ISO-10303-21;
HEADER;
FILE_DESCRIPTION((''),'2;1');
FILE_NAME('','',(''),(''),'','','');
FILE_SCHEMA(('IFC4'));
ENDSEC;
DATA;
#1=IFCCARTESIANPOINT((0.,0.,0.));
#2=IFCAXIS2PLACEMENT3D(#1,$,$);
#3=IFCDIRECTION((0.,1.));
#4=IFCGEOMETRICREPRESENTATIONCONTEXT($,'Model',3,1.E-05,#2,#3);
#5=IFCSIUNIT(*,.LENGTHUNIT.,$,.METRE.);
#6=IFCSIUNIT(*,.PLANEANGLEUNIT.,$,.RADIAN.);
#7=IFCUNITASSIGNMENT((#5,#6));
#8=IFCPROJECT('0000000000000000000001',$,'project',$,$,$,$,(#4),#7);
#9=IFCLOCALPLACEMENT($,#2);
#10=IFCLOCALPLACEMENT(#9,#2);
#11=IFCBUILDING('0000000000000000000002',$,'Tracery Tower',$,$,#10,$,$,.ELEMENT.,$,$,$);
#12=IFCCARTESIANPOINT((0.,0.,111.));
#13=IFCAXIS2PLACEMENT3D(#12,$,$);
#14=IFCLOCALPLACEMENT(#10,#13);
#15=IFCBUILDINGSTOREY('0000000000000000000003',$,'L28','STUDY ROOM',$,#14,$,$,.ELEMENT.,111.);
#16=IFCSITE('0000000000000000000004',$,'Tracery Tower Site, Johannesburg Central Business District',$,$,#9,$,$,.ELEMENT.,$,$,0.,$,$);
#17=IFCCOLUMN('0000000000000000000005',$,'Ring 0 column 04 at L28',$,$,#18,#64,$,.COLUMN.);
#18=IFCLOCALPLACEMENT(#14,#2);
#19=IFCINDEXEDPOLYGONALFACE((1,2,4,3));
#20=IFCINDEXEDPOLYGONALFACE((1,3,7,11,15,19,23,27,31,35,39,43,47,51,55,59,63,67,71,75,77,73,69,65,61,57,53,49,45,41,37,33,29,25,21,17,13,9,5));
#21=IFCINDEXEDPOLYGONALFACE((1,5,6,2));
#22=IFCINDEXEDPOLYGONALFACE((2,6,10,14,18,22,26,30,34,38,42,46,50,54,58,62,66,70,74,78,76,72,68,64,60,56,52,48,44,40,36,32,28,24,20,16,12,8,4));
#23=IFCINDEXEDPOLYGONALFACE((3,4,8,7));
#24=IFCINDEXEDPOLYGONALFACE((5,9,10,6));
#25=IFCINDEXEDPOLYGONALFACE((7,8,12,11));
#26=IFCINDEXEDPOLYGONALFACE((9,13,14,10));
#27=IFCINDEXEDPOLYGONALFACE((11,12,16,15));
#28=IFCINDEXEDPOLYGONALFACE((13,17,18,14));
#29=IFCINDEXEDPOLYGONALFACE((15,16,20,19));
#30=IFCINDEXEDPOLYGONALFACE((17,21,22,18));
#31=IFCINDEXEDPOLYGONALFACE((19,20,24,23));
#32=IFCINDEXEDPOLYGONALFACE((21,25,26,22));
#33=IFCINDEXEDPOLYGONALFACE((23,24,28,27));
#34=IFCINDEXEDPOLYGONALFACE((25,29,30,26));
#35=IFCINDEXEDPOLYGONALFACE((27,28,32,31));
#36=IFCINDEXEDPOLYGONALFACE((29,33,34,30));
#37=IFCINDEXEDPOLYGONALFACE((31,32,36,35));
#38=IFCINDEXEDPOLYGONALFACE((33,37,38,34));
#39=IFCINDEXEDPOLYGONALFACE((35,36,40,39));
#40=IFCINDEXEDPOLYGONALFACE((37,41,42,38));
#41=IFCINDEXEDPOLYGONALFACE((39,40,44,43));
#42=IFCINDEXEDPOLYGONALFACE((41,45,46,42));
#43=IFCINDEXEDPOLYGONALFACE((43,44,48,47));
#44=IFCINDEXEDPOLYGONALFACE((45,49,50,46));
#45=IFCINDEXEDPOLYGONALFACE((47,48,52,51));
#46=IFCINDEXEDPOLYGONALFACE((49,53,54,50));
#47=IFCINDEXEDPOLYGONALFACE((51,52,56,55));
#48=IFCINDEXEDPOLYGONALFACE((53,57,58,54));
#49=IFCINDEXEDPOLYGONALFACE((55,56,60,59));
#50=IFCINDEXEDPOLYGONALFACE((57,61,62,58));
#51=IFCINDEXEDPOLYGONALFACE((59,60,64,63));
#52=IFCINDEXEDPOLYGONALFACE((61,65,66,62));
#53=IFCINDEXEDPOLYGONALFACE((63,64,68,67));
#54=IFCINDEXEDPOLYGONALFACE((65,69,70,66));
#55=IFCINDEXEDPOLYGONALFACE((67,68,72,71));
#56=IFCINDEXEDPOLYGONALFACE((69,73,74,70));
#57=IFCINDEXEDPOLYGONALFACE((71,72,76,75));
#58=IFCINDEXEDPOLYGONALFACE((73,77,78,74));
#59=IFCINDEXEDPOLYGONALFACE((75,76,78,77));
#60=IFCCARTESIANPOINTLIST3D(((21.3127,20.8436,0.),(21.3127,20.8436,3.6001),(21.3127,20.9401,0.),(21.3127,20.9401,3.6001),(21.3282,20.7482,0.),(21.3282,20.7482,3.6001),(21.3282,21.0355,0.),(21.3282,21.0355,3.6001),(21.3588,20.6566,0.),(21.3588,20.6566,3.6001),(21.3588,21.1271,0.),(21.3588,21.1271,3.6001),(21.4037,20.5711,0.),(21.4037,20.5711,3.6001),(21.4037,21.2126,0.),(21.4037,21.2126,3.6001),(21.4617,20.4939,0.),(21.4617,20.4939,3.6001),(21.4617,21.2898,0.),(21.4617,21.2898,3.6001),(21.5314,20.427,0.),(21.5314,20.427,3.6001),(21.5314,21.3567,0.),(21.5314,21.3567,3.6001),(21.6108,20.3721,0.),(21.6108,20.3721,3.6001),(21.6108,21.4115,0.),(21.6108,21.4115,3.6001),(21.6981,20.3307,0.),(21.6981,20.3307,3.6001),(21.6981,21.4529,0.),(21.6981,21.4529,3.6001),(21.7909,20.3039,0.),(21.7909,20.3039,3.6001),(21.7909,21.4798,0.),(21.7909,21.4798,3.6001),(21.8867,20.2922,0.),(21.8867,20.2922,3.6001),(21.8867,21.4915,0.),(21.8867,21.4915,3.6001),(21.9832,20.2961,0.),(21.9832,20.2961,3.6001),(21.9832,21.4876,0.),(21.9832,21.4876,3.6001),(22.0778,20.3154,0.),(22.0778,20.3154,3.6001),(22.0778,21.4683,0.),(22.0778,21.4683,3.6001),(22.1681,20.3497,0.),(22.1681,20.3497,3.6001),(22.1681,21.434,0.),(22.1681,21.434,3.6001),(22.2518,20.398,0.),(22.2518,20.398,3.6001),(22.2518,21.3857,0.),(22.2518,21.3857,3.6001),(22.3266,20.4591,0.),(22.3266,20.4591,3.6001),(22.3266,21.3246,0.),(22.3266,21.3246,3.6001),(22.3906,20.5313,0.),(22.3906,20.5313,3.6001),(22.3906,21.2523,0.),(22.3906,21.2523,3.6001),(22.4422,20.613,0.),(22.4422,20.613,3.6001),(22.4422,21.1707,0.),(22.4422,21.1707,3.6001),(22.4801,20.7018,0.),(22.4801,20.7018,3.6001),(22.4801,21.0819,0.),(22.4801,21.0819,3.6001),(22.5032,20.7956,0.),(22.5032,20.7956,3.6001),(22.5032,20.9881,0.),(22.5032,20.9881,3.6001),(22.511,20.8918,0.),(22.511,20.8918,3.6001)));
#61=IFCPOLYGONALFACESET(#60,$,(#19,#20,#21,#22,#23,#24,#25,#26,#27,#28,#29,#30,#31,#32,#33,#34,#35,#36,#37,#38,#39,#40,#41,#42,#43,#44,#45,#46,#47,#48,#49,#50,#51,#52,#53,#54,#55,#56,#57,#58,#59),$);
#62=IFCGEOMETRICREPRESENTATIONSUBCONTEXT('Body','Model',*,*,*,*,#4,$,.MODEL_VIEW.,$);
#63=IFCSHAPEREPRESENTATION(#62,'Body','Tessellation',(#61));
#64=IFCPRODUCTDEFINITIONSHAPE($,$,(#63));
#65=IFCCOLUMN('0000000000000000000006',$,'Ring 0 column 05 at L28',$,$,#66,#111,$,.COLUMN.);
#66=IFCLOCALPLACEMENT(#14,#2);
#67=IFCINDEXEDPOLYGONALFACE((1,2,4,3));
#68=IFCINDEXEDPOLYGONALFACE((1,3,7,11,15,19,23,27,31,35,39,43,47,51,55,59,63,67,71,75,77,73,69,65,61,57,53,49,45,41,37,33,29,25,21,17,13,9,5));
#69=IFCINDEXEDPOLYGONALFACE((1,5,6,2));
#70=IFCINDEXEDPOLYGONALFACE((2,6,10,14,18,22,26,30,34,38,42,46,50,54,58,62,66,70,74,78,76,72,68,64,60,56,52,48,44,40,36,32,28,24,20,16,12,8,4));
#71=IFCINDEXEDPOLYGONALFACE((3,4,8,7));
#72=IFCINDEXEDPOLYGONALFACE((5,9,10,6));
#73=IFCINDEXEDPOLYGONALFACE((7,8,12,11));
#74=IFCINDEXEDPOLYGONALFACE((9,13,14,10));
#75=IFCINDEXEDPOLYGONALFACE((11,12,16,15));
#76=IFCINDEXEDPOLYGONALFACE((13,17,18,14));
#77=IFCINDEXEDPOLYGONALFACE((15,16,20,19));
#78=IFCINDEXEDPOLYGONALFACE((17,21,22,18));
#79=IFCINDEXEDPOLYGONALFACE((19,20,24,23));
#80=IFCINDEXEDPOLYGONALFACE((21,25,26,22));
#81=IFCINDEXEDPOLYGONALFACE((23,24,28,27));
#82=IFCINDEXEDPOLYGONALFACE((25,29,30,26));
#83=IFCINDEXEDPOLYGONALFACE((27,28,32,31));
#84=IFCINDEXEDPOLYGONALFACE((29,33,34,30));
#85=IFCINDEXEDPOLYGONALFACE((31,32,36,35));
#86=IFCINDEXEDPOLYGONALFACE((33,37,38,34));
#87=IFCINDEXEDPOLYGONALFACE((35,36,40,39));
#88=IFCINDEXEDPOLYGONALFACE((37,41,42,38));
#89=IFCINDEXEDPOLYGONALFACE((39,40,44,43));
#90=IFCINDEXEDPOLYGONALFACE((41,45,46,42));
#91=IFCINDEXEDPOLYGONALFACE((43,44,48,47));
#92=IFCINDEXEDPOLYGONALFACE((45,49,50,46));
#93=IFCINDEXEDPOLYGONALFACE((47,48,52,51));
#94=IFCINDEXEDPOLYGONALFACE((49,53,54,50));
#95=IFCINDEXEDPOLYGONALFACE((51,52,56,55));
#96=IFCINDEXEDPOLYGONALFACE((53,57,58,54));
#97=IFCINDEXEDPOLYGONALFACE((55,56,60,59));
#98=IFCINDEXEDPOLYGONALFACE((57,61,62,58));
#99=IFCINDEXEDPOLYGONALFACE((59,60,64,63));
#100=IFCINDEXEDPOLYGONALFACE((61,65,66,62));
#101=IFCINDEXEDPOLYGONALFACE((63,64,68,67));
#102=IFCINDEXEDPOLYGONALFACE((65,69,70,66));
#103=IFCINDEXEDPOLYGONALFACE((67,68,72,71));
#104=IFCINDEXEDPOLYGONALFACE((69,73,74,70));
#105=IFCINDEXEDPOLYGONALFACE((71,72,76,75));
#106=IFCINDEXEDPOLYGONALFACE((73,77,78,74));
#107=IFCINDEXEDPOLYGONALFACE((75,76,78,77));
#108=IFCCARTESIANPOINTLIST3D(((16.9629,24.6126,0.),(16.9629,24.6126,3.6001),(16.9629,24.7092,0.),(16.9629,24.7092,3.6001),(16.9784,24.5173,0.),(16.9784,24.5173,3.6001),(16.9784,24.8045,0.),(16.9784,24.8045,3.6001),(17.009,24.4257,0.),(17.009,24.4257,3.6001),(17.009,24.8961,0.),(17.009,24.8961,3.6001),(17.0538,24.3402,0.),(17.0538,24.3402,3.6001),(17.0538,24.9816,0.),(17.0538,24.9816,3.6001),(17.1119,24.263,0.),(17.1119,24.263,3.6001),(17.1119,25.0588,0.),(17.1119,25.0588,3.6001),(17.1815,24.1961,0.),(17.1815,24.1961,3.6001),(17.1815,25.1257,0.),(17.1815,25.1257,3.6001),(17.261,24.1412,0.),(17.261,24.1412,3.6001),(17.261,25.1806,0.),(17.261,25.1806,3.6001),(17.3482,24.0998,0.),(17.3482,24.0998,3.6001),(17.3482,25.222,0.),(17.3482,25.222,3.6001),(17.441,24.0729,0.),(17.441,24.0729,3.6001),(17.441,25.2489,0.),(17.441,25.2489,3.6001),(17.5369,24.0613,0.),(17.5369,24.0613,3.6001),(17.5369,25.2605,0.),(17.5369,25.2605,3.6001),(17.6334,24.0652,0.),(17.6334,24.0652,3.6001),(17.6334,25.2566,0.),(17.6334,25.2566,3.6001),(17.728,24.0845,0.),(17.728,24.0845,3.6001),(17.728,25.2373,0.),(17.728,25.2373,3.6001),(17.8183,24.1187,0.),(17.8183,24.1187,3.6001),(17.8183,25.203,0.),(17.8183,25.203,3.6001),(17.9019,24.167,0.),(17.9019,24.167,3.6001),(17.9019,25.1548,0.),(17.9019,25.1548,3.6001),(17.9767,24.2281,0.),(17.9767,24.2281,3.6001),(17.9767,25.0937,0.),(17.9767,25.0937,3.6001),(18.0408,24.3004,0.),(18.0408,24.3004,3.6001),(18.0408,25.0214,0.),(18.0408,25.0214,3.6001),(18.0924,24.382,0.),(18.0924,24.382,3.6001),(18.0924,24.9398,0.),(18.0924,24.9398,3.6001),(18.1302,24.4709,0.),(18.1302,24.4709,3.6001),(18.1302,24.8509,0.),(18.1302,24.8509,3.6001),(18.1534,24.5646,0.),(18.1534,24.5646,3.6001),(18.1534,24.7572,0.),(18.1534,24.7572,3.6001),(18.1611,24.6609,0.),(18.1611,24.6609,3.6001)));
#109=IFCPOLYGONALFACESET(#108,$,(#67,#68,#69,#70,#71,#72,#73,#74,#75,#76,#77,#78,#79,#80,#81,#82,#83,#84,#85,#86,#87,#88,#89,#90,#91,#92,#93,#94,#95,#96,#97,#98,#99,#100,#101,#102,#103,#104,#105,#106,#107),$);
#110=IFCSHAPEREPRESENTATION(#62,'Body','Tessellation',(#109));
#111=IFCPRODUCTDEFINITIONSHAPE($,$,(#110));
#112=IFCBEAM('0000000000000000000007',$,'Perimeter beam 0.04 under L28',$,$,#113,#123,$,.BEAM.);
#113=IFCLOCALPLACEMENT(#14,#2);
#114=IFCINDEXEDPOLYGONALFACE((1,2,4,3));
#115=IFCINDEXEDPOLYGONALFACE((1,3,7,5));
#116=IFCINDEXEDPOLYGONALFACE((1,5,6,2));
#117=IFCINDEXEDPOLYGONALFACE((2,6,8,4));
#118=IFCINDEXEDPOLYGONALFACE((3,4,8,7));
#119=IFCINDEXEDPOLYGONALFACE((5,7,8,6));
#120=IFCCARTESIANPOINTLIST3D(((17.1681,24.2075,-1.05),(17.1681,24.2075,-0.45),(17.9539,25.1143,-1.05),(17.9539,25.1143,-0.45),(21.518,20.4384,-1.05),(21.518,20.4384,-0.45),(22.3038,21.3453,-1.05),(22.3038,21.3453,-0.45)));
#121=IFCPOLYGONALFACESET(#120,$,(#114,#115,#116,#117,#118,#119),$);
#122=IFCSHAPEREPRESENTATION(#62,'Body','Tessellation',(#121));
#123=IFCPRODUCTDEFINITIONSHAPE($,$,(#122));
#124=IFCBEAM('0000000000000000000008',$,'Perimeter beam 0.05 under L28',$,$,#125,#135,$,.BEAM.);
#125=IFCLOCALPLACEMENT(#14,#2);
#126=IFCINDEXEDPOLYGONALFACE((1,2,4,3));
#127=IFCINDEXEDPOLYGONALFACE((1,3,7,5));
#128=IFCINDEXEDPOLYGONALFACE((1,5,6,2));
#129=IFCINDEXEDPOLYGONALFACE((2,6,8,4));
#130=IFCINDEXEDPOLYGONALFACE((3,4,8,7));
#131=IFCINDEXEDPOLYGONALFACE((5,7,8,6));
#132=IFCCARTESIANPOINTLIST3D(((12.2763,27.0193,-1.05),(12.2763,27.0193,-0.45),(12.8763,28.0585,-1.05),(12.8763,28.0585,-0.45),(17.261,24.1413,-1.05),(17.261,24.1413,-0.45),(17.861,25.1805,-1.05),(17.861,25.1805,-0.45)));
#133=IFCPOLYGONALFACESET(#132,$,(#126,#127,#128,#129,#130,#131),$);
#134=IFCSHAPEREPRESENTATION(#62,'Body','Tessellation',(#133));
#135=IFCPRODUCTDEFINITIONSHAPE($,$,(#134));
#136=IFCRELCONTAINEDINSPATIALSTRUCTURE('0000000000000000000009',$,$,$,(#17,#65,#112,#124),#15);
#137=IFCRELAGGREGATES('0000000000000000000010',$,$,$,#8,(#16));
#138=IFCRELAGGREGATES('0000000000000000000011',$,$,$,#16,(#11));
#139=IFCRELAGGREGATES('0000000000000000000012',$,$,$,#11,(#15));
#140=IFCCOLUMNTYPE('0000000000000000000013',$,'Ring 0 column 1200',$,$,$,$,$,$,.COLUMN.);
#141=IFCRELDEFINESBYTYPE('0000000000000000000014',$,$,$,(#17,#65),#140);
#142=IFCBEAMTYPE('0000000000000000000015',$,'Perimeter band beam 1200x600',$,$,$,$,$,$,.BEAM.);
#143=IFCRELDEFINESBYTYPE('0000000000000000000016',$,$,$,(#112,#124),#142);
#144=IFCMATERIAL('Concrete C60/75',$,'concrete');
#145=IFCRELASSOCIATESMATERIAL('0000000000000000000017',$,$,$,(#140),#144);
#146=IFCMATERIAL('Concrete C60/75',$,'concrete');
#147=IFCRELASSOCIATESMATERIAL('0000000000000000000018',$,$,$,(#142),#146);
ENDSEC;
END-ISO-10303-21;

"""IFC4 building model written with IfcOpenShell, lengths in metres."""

from ifc_helpers import new_model, si_unit, direction, frame, origin, origin_2d, place, context, subcontext, project, spatial, rectangle, circle, extrude, material, material_profile, profile_set, type_object, element, save


model = new_model("IFC4")

# Units and contexts
model_context = context("Model", 3, precision=1e-05, world=origin(), true_north=direction((0.0, 1.0)))
body_context = subcontext(model_context, "Body", "Model", "MODEL_VIEW")
ifc_project = project(units=[si_unit("LENGTHUNIT", "METRE"), si_unit("PLANEANGLEUNIT", "RADIAN")], contexts=[model_context])

# Site, building, storey
site_placement = place(None, origin())
site = spatial("IfcSite", under=ifc_project, at=site_placement, Name="Tracery Tower Site, Johannesburg Central Business District", CompositionType="ELEMENT", RefElevation=0.0)
building_placement = place(site_placement, origin())
building = spatial("IfcBuilding", under=site, at=building_placement, Name="Tracery Tower", CompositionType="ELEMENT")
storey_placement = place(building_placement, frame((0.0, 0.0, 111.0)))
storey = spatial("IfcBuildingStorey", under=building, at=storey_placement, Name="L28", Description="STUDY ROOM", CompositionType="ELEMENT", Elevation=111.0)

# Columns
ifc_material_1 = material(Name="Concrete C60/75", Category="concrete")
ifc_material_profile_1 = material_profile(ifc_material_1, circle(Radius=0.6001, at=origin_2d()), Name="RC D1200")
ifc_profile_set_1 = profile_set([ifc_material_profile_1], Name="Concrete C60/75")
column_type = type_object("IfcColumnType", Name="Ring 0 column 1200", PredefinedType="COLUMN", material=ifc_profile_set_1)
for number, where, z_axis, x_axis, name in (
    (1, (21.9109, 20.8918, 0.0), (0.0, 0.0, 1.0), (1.0, 0.0, 0.0), "Ring 0 column 04 at L28"),
    (2, (17.561, 24.6609, 0.0), (0.0, 0.0, 1.0), (1.0, 0.0, 0.0), "Ring 0 column 05 at L28"),
):
    element("IfcColumn", number, at=place(storey_placement, frame(where, z_axis=z_axis, x_axis=x_axis)), inside=storey, type_object=column_type, Name=name, PredefinedType="COLUMN", context=body_context, shape_type="SweptSolid", body=[
        extrude(circle(Radius=0.6001, at=origin_2d()), origin(), (0.0, 0.0, 1.0), 3.6001),
    ])

# Beams
ifc_material_2 = material(Name="Concrete C60/75", Category="concrete")
ifc_material_profile_2 = material_profile(ifc_material_2, rectangle(XDim=1.2, YDim=0.6001, at=origin_2d()), Name="RC 1200x600")
ifc_profile_set_2 = profile_set([ifc_material_profile_2], Name="Concrete C60/75")
beam_type = type_object("IfcBeamType", Name="Perimeter band beam 1200x600", PredefinedType="BEAM", material=ifc_profile_set_2)
beam_1_placement = place(storey_placement, frame((21.9109, 20.8918, -0.75), z_axis=(-0.75576, 0.654848, 0.0), x_axis=(-0.654848, -0.75576, 0.0)))
element("IfcBeam", 3, at=beam_1_placement, inside=storey, type_object=beam_type, Name="Perimeter beam 0.04 under L28", PredefinedType="BEAM", context=body_context, shape_type="SweptSolid", body=[
    extrude(rectangle(XDim=1.2, YDim=0.6001, at=origin_2d()), origin(), (0.0, 0.0, 1.0), 5.7556),
])
beam_2_placement = place(storey_placement, frame((17.561, 24.6609, -0.75), z_axis=(-0.866021, 0.500008, 0.0), x_axis=(-0.500008, -0.866021, 0.0)))
element("IfcBeam", 4, at=beam_2_placement, inside=storey, type_object=beam_type, Name="Perimeter beam 0.05 under L28", PredefinedType="BEAM", context=body_context, shape_type="SweptSolid", body=[
    extrude(rectangle(XDim=1.2, YDim=0.6001, at=origin_2d()), origin(), (0.0, 0.0, 1.0), 5.7559),
])

save(model, "model.ifc")
